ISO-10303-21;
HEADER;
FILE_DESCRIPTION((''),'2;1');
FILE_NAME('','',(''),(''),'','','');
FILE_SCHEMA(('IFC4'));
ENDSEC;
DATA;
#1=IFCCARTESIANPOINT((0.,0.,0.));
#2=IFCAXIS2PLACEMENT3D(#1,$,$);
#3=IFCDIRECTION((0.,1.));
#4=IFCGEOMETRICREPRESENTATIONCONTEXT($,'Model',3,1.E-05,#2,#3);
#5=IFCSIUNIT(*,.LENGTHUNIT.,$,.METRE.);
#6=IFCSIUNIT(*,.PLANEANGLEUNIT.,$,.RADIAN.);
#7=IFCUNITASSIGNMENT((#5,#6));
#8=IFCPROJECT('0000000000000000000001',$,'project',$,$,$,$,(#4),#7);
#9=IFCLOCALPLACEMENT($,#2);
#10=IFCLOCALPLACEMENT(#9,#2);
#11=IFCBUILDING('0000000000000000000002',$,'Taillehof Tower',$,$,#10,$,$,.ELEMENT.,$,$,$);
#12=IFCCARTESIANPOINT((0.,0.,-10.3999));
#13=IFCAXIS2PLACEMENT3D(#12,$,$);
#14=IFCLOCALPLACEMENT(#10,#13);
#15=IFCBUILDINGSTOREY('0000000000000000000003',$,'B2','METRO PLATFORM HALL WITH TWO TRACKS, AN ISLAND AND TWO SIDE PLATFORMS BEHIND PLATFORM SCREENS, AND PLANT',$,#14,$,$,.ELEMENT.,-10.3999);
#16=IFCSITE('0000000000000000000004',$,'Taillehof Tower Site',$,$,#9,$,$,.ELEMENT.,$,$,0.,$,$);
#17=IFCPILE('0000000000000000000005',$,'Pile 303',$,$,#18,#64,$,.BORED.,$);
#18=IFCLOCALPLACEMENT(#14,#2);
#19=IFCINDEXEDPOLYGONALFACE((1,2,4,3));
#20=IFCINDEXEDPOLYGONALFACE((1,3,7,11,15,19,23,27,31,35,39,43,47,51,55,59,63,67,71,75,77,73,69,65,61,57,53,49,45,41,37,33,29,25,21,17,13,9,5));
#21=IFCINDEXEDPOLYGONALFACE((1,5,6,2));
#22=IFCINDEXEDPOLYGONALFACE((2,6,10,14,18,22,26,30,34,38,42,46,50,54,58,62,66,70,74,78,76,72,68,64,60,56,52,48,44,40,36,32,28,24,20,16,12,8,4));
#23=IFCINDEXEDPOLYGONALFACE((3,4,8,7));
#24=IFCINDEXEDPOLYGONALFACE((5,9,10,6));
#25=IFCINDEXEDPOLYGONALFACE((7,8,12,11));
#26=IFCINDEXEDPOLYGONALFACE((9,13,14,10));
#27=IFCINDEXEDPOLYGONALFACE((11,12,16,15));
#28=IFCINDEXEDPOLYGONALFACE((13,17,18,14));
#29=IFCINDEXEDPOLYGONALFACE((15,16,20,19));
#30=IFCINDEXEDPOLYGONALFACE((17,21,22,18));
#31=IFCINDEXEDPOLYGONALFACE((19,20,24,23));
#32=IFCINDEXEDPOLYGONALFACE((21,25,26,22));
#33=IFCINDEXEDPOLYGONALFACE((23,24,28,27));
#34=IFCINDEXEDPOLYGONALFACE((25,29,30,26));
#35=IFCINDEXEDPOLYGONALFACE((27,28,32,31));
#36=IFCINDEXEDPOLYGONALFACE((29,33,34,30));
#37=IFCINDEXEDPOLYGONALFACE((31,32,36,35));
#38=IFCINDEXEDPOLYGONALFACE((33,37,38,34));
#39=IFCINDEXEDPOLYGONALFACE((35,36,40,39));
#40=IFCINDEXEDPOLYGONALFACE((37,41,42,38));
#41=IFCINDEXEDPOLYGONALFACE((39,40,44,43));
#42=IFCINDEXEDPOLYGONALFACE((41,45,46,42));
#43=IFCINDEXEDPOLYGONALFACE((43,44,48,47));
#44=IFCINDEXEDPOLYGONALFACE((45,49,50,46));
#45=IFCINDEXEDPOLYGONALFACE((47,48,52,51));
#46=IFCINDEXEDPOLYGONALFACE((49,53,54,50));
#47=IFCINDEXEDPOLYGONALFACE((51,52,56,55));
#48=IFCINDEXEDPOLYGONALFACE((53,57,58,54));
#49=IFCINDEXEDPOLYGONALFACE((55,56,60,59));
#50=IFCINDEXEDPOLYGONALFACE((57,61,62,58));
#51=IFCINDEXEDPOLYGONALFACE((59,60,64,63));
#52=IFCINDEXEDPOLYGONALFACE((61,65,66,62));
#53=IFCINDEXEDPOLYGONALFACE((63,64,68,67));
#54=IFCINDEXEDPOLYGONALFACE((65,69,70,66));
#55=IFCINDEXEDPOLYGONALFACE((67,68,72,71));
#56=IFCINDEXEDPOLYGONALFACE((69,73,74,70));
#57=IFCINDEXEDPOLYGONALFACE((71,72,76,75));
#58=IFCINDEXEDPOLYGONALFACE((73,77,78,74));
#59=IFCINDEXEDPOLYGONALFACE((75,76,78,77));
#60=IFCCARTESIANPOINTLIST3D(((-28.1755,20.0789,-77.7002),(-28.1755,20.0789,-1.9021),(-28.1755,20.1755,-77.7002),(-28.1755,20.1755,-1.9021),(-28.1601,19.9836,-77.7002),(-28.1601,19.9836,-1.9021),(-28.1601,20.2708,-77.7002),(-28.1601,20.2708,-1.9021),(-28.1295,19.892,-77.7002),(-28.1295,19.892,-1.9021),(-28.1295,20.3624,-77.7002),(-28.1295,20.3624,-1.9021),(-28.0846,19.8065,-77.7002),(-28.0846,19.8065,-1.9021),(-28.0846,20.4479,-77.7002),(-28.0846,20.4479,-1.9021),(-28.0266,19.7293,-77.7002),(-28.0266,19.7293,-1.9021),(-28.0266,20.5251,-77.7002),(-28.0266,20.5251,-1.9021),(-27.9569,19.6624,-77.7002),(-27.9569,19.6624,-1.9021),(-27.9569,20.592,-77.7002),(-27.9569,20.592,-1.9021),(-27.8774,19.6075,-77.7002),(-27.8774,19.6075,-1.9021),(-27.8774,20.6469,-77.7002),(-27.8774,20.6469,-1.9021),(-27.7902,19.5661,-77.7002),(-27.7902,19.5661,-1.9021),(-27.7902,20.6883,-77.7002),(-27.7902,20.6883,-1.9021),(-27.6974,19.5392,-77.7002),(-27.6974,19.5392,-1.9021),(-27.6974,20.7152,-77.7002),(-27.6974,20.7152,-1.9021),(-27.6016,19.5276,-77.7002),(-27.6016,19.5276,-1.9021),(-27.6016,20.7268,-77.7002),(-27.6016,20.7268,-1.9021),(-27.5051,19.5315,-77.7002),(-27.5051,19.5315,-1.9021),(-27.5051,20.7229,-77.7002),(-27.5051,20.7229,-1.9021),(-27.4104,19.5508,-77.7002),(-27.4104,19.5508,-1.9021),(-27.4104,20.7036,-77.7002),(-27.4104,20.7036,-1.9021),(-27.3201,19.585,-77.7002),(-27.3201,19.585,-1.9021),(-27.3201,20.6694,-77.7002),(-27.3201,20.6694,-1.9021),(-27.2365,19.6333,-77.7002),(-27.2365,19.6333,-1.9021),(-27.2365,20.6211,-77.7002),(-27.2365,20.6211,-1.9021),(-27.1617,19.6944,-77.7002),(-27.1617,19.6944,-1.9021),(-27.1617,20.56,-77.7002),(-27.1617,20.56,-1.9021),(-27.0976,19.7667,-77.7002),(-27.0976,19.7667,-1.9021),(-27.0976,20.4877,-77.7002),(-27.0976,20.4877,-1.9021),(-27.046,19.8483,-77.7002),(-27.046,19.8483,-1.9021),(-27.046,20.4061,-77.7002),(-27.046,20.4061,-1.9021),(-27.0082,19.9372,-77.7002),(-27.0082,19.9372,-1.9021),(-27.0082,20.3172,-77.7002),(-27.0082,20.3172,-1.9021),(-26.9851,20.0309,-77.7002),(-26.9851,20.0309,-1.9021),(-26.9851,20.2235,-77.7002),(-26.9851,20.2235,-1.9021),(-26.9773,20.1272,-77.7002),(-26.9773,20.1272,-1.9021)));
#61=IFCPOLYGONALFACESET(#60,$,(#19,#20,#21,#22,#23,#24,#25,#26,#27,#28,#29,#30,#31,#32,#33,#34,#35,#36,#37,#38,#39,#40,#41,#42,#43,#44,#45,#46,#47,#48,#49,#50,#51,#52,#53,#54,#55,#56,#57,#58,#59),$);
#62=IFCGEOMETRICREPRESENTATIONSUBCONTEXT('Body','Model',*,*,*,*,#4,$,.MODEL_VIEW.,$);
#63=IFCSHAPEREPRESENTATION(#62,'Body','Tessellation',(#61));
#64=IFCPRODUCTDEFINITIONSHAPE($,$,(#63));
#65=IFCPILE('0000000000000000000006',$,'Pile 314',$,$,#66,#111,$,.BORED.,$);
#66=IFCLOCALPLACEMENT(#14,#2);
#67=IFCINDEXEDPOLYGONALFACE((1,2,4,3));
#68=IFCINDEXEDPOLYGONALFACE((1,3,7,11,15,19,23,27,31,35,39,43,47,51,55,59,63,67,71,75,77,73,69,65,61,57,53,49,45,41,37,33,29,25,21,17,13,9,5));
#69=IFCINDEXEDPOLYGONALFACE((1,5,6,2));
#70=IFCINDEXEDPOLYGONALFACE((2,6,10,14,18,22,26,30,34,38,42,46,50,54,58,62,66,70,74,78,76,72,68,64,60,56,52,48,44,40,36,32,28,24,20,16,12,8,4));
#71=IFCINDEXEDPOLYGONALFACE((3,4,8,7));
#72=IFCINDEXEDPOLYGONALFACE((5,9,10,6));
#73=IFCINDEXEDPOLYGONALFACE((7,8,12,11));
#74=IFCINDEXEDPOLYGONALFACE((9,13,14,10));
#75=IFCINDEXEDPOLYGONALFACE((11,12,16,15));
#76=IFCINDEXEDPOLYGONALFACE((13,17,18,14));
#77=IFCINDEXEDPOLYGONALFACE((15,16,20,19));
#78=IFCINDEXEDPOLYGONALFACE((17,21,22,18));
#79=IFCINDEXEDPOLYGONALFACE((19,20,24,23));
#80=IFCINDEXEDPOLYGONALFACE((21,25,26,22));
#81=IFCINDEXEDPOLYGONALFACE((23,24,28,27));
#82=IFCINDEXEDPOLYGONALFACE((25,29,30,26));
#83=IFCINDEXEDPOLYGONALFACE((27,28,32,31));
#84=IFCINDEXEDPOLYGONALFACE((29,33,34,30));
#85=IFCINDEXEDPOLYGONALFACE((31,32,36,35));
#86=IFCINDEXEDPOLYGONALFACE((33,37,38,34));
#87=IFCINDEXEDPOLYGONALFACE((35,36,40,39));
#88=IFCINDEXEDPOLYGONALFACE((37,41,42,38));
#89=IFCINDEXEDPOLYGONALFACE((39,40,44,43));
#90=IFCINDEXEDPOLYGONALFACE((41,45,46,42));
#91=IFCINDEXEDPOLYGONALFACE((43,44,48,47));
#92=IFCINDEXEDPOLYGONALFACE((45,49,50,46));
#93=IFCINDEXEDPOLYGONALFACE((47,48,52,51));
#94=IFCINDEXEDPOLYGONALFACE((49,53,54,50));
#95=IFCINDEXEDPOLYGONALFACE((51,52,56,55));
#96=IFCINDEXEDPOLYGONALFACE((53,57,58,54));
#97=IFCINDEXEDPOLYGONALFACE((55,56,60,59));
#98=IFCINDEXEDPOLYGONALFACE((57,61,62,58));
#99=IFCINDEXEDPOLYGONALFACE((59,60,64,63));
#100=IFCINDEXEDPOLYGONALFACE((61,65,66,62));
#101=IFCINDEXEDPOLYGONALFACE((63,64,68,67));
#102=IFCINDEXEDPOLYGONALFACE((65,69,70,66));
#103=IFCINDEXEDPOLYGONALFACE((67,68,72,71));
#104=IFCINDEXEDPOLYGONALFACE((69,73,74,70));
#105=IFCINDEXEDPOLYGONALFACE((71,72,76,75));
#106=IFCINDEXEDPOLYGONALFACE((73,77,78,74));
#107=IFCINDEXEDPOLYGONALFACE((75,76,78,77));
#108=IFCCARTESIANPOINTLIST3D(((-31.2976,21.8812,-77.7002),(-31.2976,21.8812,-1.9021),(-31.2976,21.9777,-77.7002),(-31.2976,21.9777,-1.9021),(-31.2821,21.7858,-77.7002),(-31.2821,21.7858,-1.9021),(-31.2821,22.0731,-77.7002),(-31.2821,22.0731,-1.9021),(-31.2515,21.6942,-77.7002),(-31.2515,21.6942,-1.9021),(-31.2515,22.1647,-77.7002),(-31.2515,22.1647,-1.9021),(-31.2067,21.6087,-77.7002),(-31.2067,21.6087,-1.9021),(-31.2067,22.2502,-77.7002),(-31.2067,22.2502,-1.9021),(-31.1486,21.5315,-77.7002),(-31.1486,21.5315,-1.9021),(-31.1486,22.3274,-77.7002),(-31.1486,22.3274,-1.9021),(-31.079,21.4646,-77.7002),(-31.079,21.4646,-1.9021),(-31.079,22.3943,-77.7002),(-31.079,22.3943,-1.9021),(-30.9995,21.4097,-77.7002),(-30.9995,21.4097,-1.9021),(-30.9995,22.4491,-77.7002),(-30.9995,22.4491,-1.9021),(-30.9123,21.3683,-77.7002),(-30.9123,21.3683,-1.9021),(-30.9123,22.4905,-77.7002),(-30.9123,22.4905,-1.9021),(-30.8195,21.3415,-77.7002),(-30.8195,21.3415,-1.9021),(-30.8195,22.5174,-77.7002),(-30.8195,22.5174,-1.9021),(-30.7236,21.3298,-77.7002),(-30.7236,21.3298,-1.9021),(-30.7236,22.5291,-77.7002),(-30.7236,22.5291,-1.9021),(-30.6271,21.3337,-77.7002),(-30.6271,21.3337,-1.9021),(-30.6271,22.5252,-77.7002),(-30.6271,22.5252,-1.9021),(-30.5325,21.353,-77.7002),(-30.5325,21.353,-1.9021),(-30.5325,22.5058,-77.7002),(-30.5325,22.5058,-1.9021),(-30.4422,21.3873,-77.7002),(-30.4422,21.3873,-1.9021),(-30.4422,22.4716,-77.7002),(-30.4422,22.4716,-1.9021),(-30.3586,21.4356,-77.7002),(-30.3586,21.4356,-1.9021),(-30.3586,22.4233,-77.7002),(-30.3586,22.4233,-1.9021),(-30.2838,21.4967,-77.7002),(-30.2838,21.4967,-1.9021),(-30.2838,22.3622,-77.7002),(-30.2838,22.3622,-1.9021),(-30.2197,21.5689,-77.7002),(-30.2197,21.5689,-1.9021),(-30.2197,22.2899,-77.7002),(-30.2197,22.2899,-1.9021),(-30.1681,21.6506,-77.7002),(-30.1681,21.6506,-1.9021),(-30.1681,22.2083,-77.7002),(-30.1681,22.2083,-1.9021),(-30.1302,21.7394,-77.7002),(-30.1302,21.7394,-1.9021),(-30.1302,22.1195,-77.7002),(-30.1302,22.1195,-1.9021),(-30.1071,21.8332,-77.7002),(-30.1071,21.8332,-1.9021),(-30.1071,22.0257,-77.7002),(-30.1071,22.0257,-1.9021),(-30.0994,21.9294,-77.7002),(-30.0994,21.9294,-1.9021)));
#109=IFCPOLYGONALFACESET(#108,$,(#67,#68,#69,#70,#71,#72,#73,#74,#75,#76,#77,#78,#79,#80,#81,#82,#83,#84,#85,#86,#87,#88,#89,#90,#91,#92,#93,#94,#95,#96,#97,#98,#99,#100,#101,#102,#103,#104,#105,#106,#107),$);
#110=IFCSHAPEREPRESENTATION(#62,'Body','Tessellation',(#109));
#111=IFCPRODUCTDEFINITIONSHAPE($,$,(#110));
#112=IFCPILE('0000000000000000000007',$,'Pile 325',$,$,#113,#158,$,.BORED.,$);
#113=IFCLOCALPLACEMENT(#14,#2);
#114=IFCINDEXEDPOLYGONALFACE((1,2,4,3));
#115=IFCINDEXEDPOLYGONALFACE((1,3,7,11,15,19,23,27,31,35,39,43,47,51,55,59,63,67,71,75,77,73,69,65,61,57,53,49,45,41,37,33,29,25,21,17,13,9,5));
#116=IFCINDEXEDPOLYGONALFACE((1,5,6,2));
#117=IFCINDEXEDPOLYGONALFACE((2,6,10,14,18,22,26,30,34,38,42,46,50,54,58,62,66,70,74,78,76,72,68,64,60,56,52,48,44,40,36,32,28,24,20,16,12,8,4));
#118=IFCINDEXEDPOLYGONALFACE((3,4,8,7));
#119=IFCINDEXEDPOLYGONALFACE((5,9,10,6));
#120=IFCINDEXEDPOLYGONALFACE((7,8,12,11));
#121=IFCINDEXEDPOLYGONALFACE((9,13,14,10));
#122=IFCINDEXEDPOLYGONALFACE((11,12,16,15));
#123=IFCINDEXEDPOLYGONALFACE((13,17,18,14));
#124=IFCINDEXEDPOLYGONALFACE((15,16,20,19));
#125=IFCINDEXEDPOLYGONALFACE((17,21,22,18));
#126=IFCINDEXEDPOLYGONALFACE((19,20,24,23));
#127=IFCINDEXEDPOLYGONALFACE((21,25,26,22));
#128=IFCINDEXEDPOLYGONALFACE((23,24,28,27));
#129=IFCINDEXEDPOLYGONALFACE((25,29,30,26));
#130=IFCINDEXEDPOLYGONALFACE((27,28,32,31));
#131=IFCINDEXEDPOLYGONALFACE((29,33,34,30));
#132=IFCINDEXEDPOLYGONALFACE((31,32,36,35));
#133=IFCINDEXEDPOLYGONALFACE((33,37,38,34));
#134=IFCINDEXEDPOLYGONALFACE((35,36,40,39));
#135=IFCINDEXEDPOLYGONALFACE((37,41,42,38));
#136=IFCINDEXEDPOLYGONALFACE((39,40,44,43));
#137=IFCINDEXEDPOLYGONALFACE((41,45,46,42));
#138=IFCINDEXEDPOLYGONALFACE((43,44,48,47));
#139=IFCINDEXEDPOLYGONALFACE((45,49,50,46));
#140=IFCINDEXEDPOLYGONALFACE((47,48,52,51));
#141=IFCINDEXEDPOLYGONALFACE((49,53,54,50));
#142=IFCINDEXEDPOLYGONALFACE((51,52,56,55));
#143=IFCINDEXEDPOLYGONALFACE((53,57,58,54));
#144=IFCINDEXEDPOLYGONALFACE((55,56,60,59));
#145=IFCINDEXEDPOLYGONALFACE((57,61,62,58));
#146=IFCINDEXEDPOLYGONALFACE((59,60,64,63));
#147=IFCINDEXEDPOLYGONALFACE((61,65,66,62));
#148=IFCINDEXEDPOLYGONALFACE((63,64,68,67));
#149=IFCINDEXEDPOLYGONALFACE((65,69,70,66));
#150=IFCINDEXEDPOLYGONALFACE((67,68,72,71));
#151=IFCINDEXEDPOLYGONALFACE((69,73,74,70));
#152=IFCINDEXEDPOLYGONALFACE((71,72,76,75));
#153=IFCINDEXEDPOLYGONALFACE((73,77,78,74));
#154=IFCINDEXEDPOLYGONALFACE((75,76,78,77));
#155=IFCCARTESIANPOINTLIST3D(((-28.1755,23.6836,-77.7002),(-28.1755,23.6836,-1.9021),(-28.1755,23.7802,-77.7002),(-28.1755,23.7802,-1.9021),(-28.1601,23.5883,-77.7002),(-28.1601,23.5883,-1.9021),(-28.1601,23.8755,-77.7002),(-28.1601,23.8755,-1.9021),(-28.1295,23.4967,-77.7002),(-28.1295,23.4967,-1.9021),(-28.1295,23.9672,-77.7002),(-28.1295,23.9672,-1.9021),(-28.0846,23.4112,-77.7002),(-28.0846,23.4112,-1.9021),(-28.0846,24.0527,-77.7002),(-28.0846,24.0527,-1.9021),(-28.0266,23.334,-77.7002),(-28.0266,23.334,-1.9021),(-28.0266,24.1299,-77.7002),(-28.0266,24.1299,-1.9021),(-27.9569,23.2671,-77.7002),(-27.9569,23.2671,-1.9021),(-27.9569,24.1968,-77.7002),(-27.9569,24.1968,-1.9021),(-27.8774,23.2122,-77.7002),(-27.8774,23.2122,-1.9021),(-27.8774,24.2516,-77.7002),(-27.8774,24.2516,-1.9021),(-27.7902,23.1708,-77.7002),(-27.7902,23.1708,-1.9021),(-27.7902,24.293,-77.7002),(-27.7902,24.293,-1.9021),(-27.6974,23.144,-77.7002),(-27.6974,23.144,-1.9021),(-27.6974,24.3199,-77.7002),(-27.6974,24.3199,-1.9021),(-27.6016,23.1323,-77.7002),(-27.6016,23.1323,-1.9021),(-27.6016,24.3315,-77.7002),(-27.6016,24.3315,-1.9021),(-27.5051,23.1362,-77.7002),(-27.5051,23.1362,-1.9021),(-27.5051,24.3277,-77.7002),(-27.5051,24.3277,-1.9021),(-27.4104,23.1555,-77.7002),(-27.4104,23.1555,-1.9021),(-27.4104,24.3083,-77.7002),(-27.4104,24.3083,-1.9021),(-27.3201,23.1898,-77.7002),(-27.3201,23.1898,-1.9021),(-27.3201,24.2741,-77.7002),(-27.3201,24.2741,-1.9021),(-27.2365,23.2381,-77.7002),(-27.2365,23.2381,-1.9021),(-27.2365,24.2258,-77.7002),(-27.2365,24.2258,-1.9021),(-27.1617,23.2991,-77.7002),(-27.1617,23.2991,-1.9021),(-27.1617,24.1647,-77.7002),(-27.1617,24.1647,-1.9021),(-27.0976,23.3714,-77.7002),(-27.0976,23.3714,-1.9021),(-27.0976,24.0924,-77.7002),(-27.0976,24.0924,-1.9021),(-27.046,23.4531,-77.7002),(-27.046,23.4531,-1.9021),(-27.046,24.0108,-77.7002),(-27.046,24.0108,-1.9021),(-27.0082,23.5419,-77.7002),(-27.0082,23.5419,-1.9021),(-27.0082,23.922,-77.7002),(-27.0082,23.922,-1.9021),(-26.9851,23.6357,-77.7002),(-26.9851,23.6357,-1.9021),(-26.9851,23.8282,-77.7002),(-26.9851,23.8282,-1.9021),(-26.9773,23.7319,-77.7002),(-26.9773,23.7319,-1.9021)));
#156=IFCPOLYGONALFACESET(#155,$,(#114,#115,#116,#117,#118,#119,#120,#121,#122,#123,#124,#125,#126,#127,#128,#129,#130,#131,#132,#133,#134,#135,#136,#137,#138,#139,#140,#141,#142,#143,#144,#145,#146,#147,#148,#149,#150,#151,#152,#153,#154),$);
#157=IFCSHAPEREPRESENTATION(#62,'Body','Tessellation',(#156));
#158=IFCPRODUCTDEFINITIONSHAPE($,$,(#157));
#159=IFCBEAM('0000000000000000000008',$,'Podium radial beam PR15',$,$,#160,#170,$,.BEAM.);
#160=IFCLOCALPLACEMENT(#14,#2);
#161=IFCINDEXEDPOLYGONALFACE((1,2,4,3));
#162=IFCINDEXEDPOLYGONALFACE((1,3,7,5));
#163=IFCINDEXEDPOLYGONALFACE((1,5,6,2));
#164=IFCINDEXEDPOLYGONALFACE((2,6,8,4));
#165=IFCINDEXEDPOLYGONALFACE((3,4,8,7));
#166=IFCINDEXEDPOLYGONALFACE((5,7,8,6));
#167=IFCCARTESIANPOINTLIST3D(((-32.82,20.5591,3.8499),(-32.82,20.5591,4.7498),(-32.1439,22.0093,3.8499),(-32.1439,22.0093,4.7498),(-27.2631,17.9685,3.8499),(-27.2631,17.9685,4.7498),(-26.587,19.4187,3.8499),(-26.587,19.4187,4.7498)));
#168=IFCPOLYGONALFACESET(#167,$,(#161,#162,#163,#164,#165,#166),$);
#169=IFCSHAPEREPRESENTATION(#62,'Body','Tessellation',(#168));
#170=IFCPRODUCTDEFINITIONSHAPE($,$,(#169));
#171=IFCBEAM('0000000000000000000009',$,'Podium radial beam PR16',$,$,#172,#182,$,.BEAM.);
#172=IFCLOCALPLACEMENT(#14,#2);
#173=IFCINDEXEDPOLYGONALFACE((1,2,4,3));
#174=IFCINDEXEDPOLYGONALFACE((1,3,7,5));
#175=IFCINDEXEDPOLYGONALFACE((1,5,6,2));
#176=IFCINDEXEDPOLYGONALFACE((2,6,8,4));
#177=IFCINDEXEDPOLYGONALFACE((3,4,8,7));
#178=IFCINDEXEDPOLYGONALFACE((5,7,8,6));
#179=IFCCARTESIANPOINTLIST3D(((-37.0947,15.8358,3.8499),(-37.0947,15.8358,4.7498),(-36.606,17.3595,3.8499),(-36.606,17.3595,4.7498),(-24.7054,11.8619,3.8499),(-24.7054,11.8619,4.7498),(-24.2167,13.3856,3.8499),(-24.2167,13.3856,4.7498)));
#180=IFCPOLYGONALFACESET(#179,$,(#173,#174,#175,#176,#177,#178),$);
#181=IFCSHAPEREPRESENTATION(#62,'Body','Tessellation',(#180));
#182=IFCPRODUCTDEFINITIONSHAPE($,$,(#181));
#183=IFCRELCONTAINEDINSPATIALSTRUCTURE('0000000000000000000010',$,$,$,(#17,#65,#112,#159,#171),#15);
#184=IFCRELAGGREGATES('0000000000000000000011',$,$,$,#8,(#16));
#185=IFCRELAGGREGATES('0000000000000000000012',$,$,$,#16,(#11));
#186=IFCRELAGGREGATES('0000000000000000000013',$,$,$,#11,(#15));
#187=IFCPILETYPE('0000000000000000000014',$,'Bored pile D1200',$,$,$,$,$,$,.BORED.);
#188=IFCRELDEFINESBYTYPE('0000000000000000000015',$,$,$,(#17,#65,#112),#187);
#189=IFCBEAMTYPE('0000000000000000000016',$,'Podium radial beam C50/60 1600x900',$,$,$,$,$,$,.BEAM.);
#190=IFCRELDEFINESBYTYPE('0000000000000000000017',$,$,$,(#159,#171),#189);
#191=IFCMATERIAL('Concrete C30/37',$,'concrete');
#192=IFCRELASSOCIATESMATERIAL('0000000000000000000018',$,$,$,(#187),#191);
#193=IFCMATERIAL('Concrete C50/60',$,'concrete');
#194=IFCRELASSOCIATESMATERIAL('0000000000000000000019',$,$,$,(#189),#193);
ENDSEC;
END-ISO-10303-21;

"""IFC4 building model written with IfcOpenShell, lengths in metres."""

from ifc_helpers import new_model, si_unit, direction, frame, origin, origin_2d, place, context, subcontext, project, spatial, rectangle, circle, extrude, material, material_profile, profile_set, type_object, element, save


model = new_model("IFC4")

# Units and contexts
model_context = context("Model", 3, precision=1e-05, world=origin(), true_north=direction((0.0, 1.0)))
body_context = subcontext(model_context, "Body", "Model", "MODEL_VIEW")
ifc_project = project(units=[si_unit("LENGTHUNIT", "METRE"), si_unit("PLANEANGLEUNIT", "RADIAN")], contexts=[model_context])

# Site, building, storey
site_placement = place(None, origin())
site = spatial("IfcSite", under=ifc_project, at=site_placement, Name="Taillehof Tower Site", CompositionType="ELEMENT", RefElevation=0.0)
building_placement = place(site_placement, origin())
building = spatial("IfcBuilding", under=site, at=building_placement, Name="Taillehof Tower", CompositionType="ELEMENT")
storey_placement = place(building_placement, frame((0.0, 0.0, -10.3999)))
storey = spatial("IfcBuildingStorey", under=building, at=storey_placement, Name="B2", Description="METRO PLATFORM HALL WITH TWO TRACKS, AN ISLAND AND TWO SIDE PLATFORMS BEHIND PLATFORM SCREENS, AND PLANT", CompositionType="ELEMENT", Elevation=-10.3999)

# Piles
ifc_material_1 = material(Name="Concrete C30/37", Category="concrete")
ifc_material_profile_1 = material_profile(ifc_material_1, circle(Radius=0.6001, at=origin_2d()), Name="BP D1200")
ifc_profile_set_1 = profile_set([ifc_material_profile_1], Name="Concrete C30/37")
pile_type = type_object("IfcPileType", Name="Bored pile D1200", PredefinedType="BORED", material=ifc_profile_set_1)
for number, where, z_axis, x_axis, name in (
    (1, (-27.5774, 20.1272, -1.9021), (0.0, 0.0, -1.0), (1.0, 0.0, 0.0), "Pile 303"),
    (2, (-30.6995, 21.9294, -1.9021), (0.0, 0.0, -1.0), (1.0, 0.0, 0.0), "Pile 314"),
    (3, (-27.5774, 23.7319, -1.9021), (0.0, 0.0, -1.0), (1.0, 0.0, 0.0), "Pile 325"),
):
    element("IfcPile", number, at=place(storey_placement, frame(where, z_axis=z_axis, x_axis=x_axis)), inside=storey, type_object=pile_type, Name=name, PredefinedType="BORED", context=body_context, shape_type="SweptSolid", body=[
        extrude(circle(Radius=0.6001, at=origin_2d()), origin(), (0.0, 0.0, 1.0), 75.7981),
    ])

# Beams
ifc_material_2 = material(Name="Concrete C50/60", Category="concrete")
ifc_material_profile_2 = material_profile(ifc_material_2, rectangle(XDim=1.6001, YDim=0.8999, at=origin_2d()), Name="RC 1600x900")
ifc_profile_set_2 = profile_set([ifc_material_profile_2], Name="Concrete C50/60")
beam_type = type_object("IfcBeamType", Name="Podium radial beam C50/60 1600x900", PredefinedType="BEAM", material=ifc_profile_set_2)
beam_1_placement = place(storey_placement, frame((-32.4819, 21.2842, 4.2998), z_axis=(0.906348, -0.422532, 0.0), x_axis=(0.422532, 0.906348, 0.0)))
element("IfcBeam", 4, at=beam_1_placement, inside=storey, type_object=beam_type, Name="Podium radial beam PR15", PredefinedType="BEAM", context=body_context, shape_type="SweptSolid", body=[
    extrude(rectangle(XDim=1.6001, YDim=0.8999, at=origin_2d()), origin(), (0.0, 0.0, 1.0), 6.1311),
])
beam_2_placement = place(storey_placement, frame((-36.8503, 16.5977, 4.2998), z_axis=(0.952215, -0.305427, 0.0), x_axis=(0.305427, 0.952215, 0.0)))
element("IfcBeam", 5, at=beam_2_placement, inside=storey, type_object=beam_type, Name="Podium radial beam PR16", PredefinedType="BEAM", context=body_context, shape_type="SweptSolid", body=[
    extrude(rectangle(XDim=1.6001, YDim=0.8999, at=origin_2d()), origin(), (0.0, 0.0, 1.0), 13.011),
])

save(model, "model.ifc")
